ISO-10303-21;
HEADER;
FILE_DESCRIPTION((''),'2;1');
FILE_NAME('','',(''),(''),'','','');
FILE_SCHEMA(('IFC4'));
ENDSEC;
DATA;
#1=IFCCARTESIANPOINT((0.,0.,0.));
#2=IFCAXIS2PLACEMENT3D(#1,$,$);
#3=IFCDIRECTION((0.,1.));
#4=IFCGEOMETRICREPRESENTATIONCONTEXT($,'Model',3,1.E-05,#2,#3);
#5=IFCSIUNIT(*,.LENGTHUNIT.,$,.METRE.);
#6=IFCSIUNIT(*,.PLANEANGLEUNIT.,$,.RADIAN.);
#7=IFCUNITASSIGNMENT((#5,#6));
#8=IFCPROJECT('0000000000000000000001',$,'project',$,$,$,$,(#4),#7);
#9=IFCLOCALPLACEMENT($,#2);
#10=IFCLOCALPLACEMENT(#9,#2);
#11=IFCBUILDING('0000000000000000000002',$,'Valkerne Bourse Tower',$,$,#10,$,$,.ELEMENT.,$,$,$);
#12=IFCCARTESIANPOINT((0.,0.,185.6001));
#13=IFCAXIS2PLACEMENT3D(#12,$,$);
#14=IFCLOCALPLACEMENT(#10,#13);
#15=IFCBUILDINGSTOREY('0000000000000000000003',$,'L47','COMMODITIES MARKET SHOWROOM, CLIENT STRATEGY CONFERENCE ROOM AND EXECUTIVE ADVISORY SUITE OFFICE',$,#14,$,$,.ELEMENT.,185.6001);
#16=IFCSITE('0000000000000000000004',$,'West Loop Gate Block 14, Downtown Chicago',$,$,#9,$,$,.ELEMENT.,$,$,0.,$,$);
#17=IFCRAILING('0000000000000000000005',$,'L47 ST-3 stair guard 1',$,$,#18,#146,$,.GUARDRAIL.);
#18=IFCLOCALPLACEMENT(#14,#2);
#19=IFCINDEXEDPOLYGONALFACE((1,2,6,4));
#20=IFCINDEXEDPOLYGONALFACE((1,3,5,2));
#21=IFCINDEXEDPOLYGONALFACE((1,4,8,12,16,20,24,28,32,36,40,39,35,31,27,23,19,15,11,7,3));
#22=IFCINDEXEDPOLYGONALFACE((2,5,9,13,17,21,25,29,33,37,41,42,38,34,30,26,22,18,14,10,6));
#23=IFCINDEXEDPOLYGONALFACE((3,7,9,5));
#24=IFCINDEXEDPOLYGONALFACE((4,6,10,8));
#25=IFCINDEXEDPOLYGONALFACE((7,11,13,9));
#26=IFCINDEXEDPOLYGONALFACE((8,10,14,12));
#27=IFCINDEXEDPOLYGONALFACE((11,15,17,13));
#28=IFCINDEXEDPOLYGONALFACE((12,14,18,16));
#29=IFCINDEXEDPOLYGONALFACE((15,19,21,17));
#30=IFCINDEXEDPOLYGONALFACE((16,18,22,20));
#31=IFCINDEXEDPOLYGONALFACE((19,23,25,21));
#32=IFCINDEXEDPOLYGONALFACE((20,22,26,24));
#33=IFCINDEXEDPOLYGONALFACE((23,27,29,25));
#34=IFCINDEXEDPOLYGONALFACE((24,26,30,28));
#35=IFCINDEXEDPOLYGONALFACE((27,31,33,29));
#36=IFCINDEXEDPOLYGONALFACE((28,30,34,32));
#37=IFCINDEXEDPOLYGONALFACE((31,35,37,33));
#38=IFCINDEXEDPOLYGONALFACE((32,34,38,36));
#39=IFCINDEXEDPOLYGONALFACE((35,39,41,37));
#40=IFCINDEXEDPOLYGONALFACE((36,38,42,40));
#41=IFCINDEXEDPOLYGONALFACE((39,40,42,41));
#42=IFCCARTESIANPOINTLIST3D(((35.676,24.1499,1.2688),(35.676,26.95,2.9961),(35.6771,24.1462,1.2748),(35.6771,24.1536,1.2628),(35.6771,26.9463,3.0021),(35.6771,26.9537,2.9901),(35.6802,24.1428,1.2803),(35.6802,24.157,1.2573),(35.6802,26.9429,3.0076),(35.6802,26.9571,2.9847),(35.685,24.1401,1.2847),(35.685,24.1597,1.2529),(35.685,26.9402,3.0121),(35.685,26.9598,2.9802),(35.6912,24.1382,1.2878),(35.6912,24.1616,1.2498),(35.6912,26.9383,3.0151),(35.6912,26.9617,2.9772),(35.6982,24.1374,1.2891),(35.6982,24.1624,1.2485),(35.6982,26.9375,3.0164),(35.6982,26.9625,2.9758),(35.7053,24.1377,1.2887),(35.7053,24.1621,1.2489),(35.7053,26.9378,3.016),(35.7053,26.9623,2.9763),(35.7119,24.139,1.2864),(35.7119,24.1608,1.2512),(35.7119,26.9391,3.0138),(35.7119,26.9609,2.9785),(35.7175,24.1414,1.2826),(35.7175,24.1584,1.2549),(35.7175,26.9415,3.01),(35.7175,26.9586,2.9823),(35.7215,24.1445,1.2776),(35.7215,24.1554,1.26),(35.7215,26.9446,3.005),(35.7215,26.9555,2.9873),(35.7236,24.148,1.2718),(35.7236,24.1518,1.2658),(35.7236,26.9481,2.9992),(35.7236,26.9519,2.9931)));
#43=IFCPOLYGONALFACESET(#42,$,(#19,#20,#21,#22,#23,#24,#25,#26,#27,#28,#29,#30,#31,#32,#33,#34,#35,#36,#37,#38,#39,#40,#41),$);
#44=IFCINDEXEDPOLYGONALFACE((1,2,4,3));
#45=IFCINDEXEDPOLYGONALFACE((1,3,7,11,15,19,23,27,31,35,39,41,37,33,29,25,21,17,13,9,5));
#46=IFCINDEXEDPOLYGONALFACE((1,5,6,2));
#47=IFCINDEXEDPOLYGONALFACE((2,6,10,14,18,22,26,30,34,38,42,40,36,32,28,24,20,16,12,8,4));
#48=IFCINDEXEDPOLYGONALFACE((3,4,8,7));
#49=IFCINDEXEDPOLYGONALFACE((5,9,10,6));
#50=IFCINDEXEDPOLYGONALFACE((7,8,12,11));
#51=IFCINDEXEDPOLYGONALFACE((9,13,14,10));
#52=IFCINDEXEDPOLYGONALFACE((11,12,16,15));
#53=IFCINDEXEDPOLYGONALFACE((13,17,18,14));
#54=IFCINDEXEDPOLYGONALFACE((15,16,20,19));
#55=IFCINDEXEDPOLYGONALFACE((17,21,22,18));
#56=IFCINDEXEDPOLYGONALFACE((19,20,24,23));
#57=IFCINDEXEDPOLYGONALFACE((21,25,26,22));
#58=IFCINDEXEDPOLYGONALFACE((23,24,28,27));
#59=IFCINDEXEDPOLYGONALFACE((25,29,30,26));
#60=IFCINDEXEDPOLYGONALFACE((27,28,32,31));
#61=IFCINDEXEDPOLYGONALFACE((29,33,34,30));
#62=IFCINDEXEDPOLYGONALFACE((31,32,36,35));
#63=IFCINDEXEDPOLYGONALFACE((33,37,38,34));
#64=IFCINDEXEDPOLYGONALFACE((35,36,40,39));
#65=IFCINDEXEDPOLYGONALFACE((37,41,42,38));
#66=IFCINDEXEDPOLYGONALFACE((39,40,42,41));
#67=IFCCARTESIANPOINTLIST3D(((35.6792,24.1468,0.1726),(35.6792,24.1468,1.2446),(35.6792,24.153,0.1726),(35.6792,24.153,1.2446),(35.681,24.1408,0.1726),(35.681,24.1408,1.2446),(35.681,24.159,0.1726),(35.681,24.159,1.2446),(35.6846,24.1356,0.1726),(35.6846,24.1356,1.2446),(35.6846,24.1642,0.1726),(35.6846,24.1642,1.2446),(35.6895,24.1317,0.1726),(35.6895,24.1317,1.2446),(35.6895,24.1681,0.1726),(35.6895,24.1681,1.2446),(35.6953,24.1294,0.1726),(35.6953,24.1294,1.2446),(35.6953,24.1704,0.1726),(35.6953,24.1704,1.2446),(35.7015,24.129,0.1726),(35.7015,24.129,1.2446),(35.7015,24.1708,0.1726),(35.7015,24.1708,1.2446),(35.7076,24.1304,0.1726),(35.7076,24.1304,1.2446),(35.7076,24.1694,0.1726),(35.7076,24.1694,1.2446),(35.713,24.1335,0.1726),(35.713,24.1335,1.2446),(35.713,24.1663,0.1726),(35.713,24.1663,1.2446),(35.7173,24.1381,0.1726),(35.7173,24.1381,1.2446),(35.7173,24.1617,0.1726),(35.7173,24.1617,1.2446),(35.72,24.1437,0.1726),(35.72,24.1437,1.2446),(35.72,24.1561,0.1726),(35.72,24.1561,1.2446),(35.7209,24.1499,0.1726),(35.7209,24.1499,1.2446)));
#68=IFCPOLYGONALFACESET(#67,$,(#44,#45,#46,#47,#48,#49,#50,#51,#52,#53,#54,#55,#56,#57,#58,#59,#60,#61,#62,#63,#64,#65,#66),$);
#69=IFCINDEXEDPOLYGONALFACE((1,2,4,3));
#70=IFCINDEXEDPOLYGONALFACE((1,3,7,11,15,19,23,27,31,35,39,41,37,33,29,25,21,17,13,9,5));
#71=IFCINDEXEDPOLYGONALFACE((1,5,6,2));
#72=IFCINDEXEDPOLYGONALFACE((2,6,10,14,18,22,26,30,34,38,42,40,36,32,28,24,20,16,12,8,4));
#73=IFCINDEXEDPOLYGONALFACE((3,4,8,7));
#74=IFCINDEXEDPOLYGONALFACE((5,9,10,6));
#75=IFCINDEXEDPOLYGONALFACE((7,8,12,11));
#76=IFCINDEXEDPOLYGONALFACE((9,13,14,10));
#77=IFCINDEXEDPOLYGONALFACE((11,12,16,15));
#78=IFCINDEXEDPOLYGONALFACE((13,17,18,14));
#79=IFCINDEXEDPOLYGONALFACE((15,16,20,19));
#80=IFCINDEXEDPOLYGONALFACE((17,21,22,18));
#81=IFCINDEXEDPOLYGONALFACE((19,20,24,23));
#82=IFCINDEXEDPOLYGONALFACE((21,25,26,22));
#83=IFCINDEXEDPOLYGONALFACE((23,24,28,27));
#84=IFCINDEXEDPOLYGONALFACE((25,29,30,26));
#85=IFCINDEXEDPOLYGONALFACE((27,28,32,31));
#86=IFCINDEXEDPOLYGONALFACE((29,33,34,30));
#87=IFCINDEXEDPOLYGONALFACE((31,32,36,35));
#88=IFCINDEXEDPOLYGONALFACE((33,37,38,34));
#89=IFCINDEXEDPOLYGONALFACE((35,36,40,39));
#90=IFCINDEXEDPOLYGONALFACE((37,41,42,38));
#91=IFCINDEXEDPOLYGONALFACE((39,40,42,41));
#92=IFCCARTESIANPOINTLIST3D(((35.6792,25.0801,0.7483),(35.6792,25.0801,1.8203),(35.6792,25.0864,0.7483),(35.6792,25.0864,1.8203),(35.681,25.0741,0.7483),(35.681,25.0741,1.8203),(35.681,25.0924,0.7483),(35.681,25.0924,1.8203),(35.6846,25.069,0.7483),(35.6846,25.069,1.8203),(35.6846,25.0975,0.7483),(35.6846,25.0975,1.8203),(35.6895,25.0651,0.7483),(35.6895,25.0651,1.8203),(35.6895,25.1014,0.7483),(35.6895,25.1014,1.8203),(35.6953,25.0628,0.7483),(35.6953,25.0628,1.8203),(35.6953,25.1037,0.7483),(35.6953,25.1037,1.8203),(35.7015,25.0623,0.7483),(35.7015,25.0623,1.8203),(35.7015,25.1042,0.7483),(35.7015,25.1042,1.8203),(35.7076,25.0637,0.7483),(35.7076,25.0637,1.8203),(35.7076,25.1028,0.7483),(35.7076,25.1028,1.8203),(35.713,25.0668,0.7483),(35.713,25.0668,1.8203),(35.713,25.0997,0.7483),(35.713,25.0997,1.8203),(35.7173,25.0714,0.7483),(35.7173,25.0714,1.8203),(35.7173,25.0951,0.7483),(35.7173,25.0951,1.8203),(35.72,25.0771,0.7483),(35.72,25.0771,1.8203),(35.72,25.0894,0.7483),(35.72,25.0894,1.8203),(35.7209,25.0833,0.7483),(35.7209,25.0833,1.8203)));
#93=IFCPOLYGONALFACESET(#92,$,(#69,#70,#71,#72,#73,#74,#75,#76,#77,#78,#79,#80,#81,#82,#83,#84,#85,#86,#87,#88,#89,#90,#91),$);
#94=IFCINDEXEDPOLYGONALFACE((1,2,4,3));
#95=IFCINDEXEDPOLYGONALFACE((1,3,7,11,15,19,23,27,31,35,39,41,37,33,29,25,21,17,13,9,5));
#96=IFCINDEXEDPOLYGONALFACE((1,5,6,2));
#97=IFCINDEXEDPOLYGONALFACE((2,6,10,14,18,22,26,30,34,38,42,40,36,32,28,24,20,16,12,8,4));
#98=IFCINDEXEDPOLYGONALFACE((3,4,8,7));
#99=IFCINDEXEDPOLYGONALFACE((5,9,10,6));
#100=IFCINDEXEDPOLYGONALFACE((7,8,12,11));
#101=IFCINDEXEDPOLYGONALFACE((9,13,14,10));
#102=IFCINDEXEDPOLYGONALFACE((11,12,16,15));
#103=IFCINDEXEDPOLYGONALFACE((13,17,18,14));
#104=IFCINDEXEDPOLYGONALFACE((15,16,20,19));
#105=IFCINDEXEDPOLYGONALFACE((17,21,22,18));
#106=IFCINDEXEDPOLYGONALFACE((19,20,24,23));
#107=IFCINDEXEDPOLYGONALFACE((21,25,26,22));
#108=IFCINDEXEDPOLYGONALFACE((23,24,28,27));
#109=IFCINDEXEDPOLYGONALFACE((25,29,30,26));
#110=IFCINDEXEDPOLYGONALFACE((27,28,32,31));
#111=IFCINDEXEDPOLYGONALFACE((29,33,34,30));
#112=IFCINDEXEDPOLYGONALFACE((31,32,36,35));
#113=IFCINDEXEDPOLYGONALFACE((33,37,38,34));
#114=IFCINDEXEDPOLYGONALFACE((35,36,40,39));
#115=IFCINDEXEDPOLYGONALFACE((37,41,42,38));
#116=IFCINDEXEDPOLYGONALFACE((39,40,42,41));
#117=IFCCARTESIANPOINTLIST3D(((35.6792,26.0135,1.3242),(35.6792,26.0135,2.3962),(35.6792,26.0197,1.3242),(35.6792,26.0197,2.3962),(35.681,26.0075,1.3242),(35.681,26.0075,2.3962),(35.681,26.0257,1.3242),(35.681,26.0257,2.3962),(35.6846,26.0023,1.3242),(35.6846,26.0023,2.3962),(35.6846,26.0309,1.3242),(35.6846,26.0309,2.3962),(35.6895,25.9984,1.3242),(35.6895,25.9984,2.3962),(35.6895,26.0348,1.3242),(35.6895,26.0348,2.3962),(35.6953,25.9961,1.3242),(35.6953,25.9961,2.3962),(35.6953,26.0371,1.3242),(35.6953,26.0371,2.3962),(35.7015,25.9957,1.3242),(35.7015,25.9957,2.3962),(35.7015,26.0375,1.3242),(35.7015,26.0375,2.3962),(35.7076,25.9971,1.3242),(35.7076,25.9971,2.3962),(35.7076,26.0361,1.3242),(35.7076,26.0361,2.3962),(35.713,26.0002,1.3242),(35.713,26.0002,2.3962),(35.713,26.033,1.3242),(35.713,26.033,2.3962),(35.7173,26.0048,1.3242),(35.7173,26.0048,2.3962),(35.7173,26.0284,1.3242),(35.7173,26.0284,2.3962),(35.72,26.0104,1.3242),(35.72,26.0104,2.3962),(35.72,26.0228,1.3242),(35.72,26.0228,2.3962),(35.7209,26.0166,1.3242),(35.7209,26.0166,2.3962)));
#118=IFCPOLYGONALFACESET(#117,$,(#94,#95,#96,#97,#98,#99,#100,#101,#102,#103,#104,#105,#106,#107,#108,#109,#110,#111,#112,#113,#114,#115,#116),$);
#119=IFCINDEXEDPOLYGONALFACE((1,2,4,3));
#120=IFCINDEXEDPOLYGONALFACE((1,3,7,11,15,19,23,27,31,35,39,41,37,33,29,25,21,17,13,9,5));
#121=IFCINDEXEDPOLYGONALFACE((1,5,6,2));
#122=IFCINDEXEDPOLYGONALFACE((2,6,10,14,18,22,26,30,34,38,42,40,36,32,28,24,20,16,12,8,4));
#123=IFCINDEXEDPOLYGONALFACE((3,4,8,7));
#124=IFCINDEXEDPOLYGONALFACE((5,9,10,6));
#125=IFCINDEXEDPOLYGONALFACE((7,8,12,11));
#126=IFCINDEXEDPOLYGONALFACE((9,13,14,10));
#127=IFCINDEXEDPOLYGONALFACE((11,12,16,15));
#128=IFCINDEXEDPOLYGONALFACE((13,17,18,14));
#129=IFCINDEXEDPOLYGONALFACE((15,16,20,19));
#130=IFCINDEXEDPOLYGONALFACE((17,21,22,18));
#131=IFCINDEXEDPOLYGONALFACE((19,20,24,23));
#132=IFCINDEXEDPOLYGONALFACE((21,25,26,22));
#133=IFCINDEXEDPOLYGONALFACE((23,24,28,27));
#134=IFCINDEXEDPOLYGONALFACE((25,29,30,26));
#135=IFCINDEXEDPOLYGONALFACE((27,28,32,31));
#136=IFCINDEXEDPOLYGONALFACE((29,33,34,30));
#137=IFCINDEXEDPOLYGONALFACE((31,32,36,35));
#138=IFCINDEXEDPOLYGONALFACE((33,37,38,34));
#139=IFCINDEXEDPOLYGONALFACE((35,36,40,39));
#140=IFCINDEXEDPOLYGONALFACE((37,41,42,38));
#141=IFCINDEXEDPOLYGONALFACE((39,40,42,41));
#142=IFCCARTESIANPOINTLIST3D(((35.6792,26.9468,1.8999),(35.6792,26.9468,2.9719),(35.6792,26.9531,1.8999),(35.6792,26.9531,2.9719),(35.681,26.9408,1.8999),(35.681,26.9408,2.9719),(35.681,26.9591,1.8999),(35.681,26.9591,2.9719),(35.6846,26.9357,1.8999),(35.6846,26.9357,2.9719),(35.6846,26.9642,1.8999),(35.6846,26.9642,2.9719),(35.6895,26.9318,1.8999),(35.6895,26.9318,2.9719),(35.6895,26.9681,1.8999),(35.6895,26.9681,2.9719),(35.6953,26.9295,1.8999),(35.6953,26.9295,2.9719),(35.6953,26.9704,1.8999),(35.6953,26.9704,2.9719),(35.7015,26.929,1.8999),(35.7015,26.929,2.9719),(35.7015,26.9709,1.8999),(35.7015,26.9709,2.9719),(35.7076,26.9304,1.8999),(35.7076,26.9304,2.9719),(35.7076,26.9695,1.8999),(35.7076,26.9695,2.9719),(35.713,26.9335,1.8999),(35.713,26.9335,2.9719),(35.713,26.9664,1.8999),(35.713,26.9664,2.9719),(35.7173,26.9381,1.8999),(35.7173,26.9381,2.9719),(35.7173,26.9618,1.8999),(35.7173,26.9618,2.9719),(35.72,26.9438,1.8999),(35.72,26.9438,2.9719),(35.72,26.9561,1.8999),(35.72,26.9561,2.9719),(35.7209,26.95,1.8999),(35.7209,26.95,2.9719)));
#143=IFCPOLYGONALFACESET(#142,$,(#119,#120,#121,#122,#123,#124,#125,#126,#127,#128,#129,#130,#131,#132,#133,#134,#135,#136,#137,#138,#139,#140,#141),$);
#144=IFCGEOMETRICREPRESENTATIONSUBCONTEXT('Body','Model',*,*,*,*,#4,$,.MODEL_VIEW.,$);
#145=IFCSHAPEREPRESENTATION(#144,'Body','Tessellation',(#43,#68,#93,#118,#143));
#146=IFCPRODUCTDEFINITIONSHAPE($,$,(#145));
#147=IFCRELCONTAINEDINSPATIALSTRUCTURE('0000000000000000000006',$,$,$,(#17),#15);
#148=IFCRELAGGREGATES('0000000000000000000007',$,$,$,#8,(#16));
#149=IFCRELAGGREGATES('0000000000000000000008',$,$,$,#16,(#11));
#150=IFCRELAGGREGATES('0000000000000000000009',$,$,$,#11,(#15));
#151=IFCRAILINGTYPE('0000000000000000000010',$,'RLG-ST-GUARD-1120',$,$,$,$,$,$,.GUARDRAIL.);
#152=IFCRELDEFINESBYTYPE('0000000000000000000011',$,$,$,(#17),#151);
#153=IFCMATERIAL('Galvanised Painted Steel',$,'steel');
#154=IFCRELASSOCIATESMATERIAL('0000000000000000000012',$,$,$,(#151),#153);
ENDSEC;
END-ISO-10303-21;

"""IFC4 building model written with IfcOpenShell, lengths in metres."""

from ifc_helpers import new_model, si_unit, direction, frame, origin, origin_2d, place, context, subcontext, project, spatial, circle, extrude, material, type_object, element, save


model = new_model("IFC4")

# Units and contexts
model_context = context("Model", 3, precision=1e-05, world=origin(), true_north=direction((0.0, 1.0)))
body_context = subcontext(model_context, "Body", "Model", "MODEL_VIEW")
ifc_project = project(units=[si_unit("LENGTHUNIT", "METRE"), si_unit("PLANEANGLEUNIT", "RADIAN")], contexts=[model_context])

# Site, building, storey
site_placement = place(None, origin())
site = spatial("IfcSite", under=ifc_project, at=site_placement, Name="West Loop Gate Block 14, Downtown Chicago", CompositionType="ELEMENT", RefElevation=0.0)
building_placement = place(site_placement, origin())
building = spatial("IfcBuilding", under=site, at=building_placement, Name="Valkerne Bourse Tower", CompositionType="ELEMENT")
storey_placement = place(building_placement, frame((0.0, 0.0, 185.6001)))
storey = spatial("IfcBuildingStorey", under=building, at=storey_placement, Name="L47", Description="COMMODITIES MARKET SHOWROOM, CLIENT STRATEGY CONFERENCE ROOM AND EXECUTIVE ADVISORY SUITE OFFICE", CompositionType="ELEMENT", Elevation=185.6001)

# Railing
ifc_material_1 = material(Name="Galvanised Painted Steel", Category="steel")
railing_type_1 = type_object("IfcRailingType", Name="RLG-ST-GUARD-1120", PredefinedType="GUARDRAIL", material=ifc_material_1)
railing_1_placement = place(storey_placement, frame((35.7, 24.1499, 0.1726)))
element("IfcRailing", 1, at=railing_1_placement, inside=storey, type_object=railing_type_1, Name="L47 ST-3 stair guard 1", PredefinedType="GUARDRAIL", context=body_context, shape_type="SweptSolid", body=[
    extrude(circle(Radius=0.0239, at=origin_2d()), frame((0.0, 0.0, 1.0962), z_axis=(0.0, 0.85109, 0.52502), x_axis=(-1.0, 0.0, 0.0)), (0.0, 0.0, 1.0), 3.29),
    extrude(circle(Radius=0.021, at=origin_2d()), origin(), (0.0, 0.0, 1.0), 1.072),
    extrude(circle(Radius=0.021, at=origin_2d()), frame((0.0, 0.9333, 0.5757)), (0.0, 0.0, 1.0), 1.072),
    extrude(circle(Radius=0.021, at=origin_2d()), frame((0.0, 1.8667, 1.1516)), (0.0, 0.0, 1.0), 1.072),
    extrude(circle(Radius=0.021, at=origin_2d()), frame((0.0, 2.8, 1.7273)), (0.0, 0.0, 1.0), 1.072),
])

save(model, "model.ifc")
